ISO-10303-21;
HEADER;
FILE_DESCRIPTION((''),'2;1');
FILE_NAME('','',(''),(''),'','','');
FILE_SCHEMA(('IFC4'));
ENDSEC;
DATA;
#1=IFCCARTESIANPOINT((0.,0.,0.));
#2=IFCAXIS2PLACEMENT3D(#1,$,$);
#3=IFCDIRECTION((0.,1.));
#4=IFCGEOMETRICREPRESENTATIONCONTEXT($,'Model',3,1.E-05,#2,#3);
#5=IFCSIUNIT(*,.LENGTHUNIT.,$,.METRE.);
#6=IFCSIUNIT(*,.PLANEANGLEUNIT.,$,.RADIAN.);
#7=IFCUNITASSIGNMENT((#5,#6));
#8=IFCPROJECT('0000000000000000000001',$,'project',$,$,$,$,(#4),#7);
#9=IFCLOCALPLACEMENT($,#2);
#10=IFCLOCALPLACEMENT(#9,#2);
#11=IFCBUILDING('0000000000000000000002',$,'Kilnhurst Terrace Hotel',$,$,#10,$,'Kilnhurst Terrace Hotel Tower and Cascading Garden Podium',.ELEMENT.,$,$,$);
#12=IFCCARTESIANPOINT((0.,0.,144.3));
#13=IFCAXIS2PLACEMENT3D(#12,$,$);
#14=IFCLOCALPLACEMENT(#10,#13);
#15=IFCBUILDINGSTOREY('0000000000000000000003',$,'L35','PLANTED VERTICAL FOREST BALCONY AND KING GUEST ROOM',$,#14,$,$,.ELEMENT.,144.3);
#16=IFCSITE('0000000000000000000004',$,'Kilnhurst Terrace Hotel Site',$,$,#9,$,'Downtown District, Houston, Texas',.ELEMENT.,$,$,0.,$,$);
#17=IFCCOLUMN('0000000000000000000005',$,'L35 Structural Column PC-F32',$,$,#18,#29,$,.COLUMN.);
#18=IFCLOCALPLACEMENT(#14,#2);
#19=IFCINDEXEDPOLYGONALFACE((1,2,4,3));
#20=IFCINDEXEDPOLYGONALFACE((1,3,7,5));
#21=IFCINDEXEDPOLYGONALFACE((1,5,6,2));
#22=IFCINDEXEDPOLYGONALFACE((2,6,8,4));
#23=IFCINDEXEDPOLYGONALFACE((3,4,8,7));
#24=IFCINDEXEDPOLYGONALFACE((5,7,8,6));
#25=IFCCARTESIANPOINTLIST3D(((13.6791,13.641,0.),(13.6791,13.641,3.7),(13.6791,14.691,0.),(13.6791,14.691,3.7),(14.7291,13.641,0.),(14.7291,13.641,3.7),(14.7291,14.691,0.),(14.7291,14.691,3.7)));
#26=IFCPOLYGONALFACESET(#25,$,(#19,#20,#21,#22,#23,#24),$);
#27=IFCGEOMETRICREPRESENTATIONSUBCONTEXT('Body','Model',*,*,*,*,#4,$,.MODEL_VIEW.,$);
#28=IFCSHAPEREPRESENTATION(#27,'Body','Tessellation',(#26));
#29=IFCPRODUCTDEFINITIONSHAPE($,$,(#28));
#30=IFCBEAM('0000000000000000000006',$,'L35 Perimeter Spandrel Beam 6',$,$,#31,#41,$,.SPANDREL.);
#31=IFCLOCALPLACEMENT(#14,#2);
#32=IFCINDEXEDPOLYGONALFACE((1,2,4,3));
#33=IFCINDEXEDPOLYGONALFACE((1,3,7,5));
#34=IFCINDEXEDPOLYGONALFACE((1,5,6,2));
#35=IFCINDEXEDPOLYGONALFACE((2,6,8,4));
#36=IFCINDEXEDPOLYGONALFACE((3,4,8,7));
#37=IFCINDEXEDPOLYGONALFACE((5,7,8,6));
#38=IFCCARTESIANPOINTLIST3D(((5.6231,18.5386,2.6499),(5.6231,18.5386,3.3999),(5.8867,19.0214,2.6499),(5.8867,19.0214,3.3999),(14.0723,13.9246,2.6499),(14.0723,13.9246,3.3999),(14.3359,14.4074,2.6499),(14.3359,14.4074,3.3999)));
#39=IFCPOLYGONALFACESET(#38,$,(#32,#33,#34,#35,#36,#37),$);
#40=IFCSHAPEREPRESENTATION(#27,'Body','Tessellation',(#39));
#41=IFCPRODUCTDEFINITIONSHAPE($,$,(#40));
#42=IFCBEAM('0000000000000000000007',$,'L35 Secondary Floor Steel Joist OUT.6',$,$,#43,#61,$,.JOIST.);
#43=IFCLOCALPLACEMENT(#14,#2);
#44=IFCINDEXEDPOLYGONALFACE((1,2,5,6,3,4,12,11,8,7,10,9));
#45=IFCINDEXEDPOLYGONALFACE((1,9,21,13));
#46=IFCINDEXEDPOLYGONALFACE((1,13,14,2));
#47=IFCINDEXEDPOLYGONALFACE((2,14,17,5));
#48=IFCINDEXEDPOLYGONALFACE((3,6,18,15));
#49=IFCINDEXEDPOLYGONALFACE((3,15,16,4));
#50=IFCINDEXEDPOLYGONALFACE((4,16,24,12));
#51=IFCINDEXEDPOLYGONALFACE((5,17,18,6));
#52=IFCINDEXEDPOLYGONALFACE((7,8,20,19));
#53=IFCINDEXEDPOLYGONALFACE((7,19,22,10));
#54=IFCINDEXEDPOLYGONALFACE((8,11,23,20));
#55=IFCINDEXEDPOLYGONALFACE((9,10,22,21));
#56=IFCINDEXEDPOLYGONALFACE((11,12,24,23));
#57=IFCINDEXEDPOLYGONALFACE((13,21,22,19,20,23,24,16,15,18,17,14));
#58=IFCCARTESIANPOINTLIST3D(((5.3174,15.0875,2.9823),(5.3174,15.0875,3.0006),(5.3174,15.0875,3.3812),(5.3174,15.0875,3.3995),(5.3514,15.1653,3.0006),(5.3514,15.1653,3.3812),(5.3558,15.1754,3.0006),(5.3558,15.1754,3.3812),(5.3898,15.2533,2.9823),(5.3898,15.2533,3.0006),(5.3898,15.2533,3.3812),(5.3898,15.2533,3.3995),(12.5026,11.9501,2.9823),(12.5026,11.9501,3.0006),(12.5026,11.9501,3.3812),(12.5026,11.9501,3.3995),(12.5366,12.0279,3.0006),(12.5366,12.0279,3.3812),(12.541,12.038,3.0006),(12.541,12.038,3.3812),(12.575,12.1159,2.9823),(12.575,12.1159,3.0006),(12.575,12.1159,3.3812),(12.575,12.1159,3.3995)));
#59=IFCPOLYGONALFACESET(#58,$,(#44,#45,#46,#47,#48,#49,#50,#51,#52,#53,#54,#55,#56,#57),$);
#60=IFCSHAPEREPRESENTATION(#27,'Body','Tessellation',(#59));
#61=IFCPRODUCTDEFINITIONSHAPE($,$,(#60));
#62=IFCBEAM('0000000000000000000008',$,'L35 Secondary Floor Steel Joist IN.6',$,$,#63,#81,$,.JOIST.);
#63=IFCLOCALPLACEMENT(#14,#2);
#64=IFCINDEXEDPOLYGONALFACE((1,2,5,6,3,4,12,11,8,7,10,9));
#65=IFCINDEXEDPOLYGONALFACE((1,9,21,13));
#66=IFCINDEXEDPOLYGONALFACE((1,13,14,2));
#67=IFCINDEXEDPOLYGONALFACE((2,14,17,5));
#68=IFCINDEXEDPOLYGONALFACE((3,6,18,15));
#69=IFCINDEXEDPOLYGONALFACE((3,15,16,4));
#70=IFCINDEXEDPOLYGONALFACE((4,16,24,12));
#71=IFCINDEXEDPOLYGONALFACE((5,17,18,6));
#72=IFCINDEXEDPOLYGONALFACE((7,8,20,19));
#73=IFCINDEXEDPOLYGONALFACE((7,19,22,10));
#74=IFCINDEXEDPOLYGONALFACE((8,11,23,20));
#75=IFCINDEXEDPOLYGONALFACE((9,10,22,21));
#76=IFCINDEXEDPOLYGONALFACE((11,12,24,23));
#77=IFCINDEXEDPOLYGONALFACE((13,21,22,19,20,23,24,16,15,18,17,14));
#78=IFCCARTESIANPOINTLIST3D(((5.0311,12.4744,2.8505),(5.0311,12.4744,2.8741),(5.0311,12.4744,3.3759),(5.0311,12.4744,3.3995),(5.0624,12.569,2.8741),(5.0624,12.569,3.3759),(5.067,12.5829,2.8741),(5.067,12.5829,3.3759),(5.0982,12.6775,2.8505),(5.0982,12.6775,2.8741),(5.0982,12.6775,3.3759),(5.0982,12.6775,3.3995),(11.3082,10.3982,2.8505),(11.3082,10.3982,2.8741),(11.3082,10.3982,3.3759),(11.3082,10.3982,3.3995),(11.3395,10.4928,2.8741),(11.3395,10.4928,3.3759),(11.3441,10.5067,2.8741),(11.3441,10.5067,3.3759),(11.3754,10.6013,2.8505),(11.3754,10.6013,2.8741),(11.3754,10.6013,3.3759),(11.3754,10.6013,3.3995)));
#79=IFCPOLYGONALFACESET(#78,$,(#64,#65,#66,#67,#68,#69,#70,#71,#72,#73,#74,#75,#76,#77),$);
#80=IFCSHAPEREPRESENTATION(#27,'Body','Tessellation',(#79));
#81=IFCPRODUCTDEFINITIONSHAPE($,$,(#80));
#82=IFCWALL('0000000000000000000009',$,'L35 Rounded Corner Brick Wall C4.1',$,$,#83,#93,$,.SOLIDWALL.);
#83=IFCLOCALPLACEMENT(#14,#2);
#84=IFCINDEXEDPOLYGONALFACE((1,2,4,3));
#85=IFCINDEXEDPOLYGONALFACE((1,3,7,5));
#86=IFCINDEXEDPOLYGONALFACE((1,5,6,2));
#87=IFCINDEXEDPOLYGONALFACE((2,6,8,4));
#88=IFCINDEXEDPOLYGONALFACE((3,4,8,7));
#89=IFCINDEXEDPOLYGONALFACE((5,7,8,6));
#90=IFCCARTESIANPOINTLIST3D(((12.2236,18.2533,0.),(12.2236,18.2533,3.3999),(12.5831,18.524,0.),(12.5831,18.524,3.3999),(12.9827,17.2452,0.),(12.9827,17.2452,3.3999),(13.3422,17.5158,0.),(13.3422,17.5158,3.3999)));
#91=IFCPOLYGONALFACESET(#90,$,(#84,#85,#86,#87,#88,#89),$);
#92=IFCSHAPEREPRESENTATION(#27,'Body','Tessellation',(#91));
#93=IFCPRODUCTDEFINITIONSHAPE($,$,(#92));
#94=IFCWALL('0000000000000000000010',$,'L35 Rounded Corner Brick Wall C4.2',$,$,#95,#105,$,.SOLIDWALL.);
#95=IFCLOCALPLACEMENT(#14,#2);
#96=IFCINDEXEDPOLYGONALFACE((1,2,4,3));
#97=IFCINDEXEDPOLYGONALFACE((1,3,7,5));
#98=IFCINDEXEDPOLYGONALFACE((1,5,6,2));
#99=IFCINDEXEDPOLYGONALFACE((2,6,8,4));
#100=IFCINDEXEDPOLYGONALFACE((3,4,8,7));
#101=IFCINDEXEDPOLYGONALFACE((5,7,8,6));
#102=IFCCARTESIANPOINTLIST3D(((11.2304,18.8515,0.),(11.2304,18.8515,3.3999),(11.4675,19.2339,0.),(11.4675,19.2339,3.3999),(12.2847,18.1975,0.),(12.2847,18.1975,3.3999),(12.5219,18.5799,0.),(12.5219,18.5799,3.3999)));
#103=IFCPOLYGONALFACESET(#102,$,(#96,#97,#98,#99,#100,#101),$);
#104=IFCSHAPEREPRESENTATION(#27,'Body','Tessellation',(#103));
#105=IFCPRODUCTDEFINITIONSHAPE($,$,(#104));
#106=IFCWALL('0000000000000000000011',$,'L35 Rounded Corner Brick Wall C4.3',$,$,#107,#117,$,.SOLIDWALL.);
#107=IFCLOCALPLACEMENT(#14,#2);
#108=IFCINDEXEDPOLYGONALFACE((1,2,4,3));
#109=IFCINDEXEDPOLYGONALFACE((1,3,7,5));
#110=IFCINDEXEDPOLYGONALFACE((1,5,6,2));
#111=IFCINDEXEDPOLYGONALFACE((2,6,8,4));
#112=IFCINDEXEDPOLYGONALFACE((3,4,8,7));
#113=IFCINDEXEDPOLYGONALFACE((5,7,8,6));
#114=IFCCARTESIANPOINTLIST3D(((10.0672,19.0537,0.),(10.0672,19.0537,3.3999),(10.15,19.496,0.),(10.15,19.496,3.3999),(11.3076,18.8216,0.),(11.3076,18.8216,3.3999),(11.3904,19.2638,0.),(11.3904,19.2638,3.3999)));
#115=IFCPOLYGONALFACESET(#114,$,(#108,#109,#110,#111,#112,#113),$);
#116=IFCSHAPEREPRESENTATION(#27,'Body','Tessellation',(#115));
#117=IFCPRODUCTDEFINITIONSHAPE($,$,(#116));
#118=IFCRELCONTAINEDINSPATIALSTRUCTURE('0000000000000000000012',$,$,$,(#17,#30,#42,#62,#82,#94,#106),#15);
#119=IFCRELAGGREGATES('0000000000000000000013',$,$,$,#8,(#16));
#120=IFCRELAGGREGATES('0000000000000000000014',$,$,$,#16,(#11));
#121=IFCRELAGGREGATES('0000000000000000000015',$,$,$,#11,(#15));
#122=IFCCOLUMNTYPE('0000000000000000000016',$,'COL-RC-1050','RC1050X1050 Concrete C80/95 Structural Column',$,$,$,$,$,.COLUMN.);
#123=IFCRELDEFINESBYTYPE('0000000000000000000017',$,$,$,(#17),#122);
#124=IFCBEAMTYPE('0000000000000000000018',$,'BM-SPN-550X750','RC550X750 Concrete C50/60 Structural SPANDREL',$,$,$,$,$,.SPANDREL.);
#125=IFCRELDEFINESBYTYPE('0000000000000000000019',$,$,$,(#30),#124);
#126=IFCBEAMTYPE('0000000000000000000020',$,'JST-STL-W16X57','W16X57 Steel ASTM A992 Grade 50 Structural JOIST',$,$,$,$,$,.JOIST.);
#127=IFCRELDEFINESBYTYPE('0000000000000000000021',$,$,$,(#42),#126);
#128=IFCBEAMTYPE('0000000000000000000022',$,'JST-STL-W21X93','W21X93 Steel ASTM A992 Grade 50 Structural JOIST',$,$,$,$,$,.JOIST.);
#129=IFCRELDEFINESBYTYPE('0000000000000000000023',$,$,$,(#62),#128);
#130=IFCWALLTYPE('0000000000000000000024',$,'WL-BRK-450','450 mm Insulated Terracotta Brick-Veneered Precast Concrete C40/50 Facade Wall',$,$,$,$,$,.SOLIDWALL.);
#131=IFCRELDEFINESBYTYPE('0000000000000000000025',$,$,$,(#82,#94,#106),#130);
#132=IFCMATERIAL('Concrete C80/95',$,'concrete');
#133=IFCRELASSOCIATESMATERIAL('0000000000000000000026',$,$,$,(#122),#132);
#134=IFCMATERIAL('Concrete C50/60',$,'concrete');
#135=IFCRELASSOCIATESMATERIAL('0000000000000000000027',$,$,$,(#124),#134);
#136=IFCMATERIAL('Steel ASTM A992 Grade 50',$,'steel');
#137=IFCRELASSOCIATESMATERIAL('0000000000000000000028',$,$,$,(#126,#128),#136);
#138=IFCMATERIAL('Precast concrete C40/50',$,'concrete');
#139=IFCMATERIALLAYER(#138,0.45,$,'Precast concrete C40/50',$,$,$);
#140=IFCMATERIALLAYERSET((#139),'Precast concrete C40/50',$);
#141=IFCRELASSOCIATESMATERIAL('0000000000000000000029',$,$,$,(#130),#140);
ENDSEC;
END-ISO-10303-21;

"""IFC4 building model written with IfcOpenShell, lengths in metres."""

from ifc_helpers import new_model, si_unit, direction, frame, frame_2d, origin, origin_2d, place, context, subcontext, project, spatial, rectangle, i_section, extrude, material, layer, layer_set, material_profile, profile_set, type_object, element, save


model = new_model("IFC4")

# Units and contexts
model_context = context("Model", 3, precision=1e-05, world=origin(), true_north=direction((0.0, 1.0)))
body_context = subcontext(model_context, "Body", "Model", "MODEL_VIEW")
ifc_project = project(units=[si_unit("LENGTHUNIT", "METRE"), si_unit("PLANEANGLEUNIT", "RADIAN")], contexts=[model_context])

# Site, building, storey
site_placement = place(None, origin())
site = spatial("IfcSite", under=ifc_project, at=site_placement, Name="Kilnhurst Terrace Hotel Site", LongName="Downtown District, Houston, Texas", CompositionType="ELEMENT", RefElevation=0.0)
building_placement = place(site_placement, origin())
building = spatial("IfcBuilding", under=site, at=building_placement, Name="Kilnhurst Terrace Hotel", LongName="Kilnhurst Terrace Hotel Tower and Cascading Garden Podium", CompositionType="ELEMENT")
storey_placement = place(building_placement, frame((0.0, 0.0, 144.3)))
storey = spatial("IfcBuildingStorey", under=building, at=storey_placement, Name="L35", Description="PLANTED VERTICAL FOREST BALCONY AND KING GUEST ROOM", CompositionType="ELEMENT", Elevation=144.3)

# Column
ifc_material_1 = material(Name="Concrete C80/95", Category="concrete")
ifc_material_profile_1 = material_profile(ifc_material_1, rectangle(XDim=1.05, YDim=1.05, at=origin_2d()), Name="RC1050X1050")
ifc_profile_set_1 = profile_set([ifc_material_profile_1], Name="Concrete C80/95")
column_type = type_object("IfcColumnType", Name="COL-RC-1050", Description="RC1050X1050 Concrete C80/95 Structural Column", PredefinedType="COLUMN", material=ifc_profile_set_1)
column_placement = place(storey_placement, frame((14.2041, 14.166, 0.0), z_axis=(0.0, 0.0, 1.0), x_axis=(1.0, 0.0, 0.0)))
element("IfcColumn", 1, at=column_placement, inside=storey, type_object=column_type, Name="L35 Structural Column PC-F32", PredefinedType="COLUMN", context=body_context, shape_type="SweptSolid", body=[
    extrude(rectangle(XDim=1.05, YDim=1.05, at=origin_2d()), origin(), (0.0, 0.0, 1.0), 3.7),
])

# Beams
ifc_material_2 = material(Name="Concrete C50/60", Category="concrete")
ifc_material_profile_2 = material_profile(ifc_material_2, rectangle(XDim=0.55, YDim=0.75, at=origin_2d()), Name="RC550X750")
ifc_profile_set_2 = profile_set([ifc_material_profile_2], Name="Concrete C50/60")
beam_type_1 = type_object("IfcBeamType", Name="BM-SPN-550X750", Description="RC550X750 Concrete C50/60 Structural SPANDREL", PredefinedType="SPANDREL", material=ifc_profile_set_2)
beam_1_placement = place(storey_placement, frame((14.2041, 14.166, 3.0249), z_axis=(-0.877662, 0.47928, 0.0), x_axis=(-0.47928, -0.877662, 0.0)))
element("IfcBeam", 2, at=beam_1_placement, inside=storey, type_object=beam_type_1, Name="L35 Perimeter Spandrel Beam 6", PredefinedType="SPANDREL", context=body_context, shape_type="SweptSolid", body=[
    extrude(rectangle(XDim=0.55, YDim=0.75, at=origin_2d()), origin(), (0.0, 0.0, 1.0), 9.627),
])
ifc_material_3 = material(Name="Steel ASTM A992 Grade 50", Category="steel")
ifc_material_profile_3 = material_profile(ifc_material_3, i_section(OverallWidth=0.1809, OverallDepth=0.4172, WebThickness=0.011, FlangeThickness=0.0183, at=origin_2d()), Name="W16X57")
ifc_profile_set_3 = profile_set([ifc_material_profile_3], Name="Steel ASTM A992 Grade 50")
beam_type_2 = type_object("IfcBeamType", Name="JST-STL-W16X57", Description="W16X57 Steel ASTM A992 Grade 50 Structural JOIST", PredefinedType="JOIST", material=ifc_profile_set_3)
beam_2_placement = place(storey_placement, frame((12.5388, 12.033, 3.1909), z_axis=(-0.916444, 0.400164, 0.0), x_axis=(-0.400164, -0.916444, 0.0)))
element("IfcBeam", 3, at=beam_2_placement, inside=storey, type_object=beam_type_2, Name="L35 Secondary Floor Steel Joist OUT.6", PredefinedType="JOIST", context=body_context, shape_type="SweptSolid", body=[
    extrude(i_section(OverallWidth=0.1809, OverallDepth=0.4172, WebThickness=0.011, FlangeThickness=0.0183, at=origin_2d()), origin(), (0.0, 0.0, 1.0), 7.8403),
])
ifc_material_profile_4 = material_profile(ifc_material_3, i_section(OverallWidth=0.2139, OverallDepth=0.5491, WebThickness=0.0146, FlangeThickness=0.0237, at=origin_2d()), Name="W21X93")
ifc_profile_set_4 = profile_set([ifc_material_profile_4], Name="Steel ASTM A992 Grade 50")
beam_type_3 = type_object("IfcBeamType", Name="JST-STL-W21X93", Description="W21X93 Steel ASTM A992 Grade 50 Structural JOIST", PredefinedType="JOIST", material=ifc_profile_set_4)
beam_3_placement = place(storey_placement, frame((11.3418, 10.4998, 3.125), z_axis=(-0.949416, 0.314022, 0.0), x_axis=(-0.314022, -0.949416, 0.0)))
element("IfcBeam", 4, at=beam_3_placement, inside=storey, type_object=beam_type_3, Name="L35 Secondary Floor Steel Joist IN.6", PredefinedType="JOIST", context=body_context, shape_type="SweptSolid", body=[
    extrude(i_section(OverallWidth=0.2139, OverallDepth=0.5491, WebThickness=0.0146, FlangeThickness=0.0237, at=origin_2d()), origin(), (0.0, 0.0, 1.0), 6.6116),
])

# Walls
ifc_material_4 = material(Name="Precast concrete C40/50", Category="concrete")
ifc_layer_1 = layer(ifc_material_4, 0.45, Name="Precast concrete C40/50")
ifc_layer_set_1 = layer_set([ifc_layer_1], Name="Precast concrete C40/50")
wall_type_1 = type_object("IfcWallType", Name="WL-BRK-450", Description="450 mm Insulated Terracotta Brick-Veneered Precast Concrete C40/50 Facade Wall", PredefinedType="SOLIDWALL", material=ifc_layer_set_1)
wall_1_placement = place(storey_placement, frame((13.1624, 17.3806, 0.0), z_axis=(0.0, 0.0, 1.0), x_axis=(-0.601516, 0.798861, 0.0)))
element("IfcWall", 5, at=wall_1_placement, inside=storey, type_object=wall_type_1, Name="L35 Rounded Corner Brick Wall C4.1", PredefinedType="SOLIDWALL", context=body_context, shape_type="SweptSolid", body=[
    extrude(rectangle(XDim=1.262, YDim=0.45, at=frame_2d((0.6309, 0.0))), origin(), (0.0, 0.0, 1.0), 3.3999),
])
wall_2_placement = place(storey_placement, frame((12.4033, 18.3887, 0.0), z_axis=(0.0, 0.0, 1.0), x_axis=(-0.849795, 0.527113, 0.0)))
element("IfcWall", 6, at=wall_2_placement, inside=storey, type_object=wall_type_1, Name="L35 Rounded Corner Brick Wall C4.2", PredefinedType="SOLIDWALL", context=body_context, shape_type="SweptSolid", body=[
    extrude(rectangle(XDim=1.2407, YDim=0.45, at=frame_2d((0.6204, 0.0))), origin(), (0.0, 0.0, 1.0), 3.3999),
])
wall_3_placement = place(storey_placement, frame((11.3489, 19.0427, 0.0), z_axis=(0.0, 0.0, 1.0), x_axis=(-0.982931, 0.183973, 0.0)))
element("IfcWall", 7, at=wall_3_placement, inside=storey, type_object=wall_type_1, Name="L35 Rounded Corner Brick Wall C4.3", PredefinedType="SOLIDWALL", context=body_context, shape_type="SweptSolid", body=[
    extrude(rectangle(XDim=1.262, YDim=0.45, at=frame_2d((0.6309, 0.0))), origin(), (0.0, 0.0, 1.0), 3.3999),
])

save(model, "model.ifc")
